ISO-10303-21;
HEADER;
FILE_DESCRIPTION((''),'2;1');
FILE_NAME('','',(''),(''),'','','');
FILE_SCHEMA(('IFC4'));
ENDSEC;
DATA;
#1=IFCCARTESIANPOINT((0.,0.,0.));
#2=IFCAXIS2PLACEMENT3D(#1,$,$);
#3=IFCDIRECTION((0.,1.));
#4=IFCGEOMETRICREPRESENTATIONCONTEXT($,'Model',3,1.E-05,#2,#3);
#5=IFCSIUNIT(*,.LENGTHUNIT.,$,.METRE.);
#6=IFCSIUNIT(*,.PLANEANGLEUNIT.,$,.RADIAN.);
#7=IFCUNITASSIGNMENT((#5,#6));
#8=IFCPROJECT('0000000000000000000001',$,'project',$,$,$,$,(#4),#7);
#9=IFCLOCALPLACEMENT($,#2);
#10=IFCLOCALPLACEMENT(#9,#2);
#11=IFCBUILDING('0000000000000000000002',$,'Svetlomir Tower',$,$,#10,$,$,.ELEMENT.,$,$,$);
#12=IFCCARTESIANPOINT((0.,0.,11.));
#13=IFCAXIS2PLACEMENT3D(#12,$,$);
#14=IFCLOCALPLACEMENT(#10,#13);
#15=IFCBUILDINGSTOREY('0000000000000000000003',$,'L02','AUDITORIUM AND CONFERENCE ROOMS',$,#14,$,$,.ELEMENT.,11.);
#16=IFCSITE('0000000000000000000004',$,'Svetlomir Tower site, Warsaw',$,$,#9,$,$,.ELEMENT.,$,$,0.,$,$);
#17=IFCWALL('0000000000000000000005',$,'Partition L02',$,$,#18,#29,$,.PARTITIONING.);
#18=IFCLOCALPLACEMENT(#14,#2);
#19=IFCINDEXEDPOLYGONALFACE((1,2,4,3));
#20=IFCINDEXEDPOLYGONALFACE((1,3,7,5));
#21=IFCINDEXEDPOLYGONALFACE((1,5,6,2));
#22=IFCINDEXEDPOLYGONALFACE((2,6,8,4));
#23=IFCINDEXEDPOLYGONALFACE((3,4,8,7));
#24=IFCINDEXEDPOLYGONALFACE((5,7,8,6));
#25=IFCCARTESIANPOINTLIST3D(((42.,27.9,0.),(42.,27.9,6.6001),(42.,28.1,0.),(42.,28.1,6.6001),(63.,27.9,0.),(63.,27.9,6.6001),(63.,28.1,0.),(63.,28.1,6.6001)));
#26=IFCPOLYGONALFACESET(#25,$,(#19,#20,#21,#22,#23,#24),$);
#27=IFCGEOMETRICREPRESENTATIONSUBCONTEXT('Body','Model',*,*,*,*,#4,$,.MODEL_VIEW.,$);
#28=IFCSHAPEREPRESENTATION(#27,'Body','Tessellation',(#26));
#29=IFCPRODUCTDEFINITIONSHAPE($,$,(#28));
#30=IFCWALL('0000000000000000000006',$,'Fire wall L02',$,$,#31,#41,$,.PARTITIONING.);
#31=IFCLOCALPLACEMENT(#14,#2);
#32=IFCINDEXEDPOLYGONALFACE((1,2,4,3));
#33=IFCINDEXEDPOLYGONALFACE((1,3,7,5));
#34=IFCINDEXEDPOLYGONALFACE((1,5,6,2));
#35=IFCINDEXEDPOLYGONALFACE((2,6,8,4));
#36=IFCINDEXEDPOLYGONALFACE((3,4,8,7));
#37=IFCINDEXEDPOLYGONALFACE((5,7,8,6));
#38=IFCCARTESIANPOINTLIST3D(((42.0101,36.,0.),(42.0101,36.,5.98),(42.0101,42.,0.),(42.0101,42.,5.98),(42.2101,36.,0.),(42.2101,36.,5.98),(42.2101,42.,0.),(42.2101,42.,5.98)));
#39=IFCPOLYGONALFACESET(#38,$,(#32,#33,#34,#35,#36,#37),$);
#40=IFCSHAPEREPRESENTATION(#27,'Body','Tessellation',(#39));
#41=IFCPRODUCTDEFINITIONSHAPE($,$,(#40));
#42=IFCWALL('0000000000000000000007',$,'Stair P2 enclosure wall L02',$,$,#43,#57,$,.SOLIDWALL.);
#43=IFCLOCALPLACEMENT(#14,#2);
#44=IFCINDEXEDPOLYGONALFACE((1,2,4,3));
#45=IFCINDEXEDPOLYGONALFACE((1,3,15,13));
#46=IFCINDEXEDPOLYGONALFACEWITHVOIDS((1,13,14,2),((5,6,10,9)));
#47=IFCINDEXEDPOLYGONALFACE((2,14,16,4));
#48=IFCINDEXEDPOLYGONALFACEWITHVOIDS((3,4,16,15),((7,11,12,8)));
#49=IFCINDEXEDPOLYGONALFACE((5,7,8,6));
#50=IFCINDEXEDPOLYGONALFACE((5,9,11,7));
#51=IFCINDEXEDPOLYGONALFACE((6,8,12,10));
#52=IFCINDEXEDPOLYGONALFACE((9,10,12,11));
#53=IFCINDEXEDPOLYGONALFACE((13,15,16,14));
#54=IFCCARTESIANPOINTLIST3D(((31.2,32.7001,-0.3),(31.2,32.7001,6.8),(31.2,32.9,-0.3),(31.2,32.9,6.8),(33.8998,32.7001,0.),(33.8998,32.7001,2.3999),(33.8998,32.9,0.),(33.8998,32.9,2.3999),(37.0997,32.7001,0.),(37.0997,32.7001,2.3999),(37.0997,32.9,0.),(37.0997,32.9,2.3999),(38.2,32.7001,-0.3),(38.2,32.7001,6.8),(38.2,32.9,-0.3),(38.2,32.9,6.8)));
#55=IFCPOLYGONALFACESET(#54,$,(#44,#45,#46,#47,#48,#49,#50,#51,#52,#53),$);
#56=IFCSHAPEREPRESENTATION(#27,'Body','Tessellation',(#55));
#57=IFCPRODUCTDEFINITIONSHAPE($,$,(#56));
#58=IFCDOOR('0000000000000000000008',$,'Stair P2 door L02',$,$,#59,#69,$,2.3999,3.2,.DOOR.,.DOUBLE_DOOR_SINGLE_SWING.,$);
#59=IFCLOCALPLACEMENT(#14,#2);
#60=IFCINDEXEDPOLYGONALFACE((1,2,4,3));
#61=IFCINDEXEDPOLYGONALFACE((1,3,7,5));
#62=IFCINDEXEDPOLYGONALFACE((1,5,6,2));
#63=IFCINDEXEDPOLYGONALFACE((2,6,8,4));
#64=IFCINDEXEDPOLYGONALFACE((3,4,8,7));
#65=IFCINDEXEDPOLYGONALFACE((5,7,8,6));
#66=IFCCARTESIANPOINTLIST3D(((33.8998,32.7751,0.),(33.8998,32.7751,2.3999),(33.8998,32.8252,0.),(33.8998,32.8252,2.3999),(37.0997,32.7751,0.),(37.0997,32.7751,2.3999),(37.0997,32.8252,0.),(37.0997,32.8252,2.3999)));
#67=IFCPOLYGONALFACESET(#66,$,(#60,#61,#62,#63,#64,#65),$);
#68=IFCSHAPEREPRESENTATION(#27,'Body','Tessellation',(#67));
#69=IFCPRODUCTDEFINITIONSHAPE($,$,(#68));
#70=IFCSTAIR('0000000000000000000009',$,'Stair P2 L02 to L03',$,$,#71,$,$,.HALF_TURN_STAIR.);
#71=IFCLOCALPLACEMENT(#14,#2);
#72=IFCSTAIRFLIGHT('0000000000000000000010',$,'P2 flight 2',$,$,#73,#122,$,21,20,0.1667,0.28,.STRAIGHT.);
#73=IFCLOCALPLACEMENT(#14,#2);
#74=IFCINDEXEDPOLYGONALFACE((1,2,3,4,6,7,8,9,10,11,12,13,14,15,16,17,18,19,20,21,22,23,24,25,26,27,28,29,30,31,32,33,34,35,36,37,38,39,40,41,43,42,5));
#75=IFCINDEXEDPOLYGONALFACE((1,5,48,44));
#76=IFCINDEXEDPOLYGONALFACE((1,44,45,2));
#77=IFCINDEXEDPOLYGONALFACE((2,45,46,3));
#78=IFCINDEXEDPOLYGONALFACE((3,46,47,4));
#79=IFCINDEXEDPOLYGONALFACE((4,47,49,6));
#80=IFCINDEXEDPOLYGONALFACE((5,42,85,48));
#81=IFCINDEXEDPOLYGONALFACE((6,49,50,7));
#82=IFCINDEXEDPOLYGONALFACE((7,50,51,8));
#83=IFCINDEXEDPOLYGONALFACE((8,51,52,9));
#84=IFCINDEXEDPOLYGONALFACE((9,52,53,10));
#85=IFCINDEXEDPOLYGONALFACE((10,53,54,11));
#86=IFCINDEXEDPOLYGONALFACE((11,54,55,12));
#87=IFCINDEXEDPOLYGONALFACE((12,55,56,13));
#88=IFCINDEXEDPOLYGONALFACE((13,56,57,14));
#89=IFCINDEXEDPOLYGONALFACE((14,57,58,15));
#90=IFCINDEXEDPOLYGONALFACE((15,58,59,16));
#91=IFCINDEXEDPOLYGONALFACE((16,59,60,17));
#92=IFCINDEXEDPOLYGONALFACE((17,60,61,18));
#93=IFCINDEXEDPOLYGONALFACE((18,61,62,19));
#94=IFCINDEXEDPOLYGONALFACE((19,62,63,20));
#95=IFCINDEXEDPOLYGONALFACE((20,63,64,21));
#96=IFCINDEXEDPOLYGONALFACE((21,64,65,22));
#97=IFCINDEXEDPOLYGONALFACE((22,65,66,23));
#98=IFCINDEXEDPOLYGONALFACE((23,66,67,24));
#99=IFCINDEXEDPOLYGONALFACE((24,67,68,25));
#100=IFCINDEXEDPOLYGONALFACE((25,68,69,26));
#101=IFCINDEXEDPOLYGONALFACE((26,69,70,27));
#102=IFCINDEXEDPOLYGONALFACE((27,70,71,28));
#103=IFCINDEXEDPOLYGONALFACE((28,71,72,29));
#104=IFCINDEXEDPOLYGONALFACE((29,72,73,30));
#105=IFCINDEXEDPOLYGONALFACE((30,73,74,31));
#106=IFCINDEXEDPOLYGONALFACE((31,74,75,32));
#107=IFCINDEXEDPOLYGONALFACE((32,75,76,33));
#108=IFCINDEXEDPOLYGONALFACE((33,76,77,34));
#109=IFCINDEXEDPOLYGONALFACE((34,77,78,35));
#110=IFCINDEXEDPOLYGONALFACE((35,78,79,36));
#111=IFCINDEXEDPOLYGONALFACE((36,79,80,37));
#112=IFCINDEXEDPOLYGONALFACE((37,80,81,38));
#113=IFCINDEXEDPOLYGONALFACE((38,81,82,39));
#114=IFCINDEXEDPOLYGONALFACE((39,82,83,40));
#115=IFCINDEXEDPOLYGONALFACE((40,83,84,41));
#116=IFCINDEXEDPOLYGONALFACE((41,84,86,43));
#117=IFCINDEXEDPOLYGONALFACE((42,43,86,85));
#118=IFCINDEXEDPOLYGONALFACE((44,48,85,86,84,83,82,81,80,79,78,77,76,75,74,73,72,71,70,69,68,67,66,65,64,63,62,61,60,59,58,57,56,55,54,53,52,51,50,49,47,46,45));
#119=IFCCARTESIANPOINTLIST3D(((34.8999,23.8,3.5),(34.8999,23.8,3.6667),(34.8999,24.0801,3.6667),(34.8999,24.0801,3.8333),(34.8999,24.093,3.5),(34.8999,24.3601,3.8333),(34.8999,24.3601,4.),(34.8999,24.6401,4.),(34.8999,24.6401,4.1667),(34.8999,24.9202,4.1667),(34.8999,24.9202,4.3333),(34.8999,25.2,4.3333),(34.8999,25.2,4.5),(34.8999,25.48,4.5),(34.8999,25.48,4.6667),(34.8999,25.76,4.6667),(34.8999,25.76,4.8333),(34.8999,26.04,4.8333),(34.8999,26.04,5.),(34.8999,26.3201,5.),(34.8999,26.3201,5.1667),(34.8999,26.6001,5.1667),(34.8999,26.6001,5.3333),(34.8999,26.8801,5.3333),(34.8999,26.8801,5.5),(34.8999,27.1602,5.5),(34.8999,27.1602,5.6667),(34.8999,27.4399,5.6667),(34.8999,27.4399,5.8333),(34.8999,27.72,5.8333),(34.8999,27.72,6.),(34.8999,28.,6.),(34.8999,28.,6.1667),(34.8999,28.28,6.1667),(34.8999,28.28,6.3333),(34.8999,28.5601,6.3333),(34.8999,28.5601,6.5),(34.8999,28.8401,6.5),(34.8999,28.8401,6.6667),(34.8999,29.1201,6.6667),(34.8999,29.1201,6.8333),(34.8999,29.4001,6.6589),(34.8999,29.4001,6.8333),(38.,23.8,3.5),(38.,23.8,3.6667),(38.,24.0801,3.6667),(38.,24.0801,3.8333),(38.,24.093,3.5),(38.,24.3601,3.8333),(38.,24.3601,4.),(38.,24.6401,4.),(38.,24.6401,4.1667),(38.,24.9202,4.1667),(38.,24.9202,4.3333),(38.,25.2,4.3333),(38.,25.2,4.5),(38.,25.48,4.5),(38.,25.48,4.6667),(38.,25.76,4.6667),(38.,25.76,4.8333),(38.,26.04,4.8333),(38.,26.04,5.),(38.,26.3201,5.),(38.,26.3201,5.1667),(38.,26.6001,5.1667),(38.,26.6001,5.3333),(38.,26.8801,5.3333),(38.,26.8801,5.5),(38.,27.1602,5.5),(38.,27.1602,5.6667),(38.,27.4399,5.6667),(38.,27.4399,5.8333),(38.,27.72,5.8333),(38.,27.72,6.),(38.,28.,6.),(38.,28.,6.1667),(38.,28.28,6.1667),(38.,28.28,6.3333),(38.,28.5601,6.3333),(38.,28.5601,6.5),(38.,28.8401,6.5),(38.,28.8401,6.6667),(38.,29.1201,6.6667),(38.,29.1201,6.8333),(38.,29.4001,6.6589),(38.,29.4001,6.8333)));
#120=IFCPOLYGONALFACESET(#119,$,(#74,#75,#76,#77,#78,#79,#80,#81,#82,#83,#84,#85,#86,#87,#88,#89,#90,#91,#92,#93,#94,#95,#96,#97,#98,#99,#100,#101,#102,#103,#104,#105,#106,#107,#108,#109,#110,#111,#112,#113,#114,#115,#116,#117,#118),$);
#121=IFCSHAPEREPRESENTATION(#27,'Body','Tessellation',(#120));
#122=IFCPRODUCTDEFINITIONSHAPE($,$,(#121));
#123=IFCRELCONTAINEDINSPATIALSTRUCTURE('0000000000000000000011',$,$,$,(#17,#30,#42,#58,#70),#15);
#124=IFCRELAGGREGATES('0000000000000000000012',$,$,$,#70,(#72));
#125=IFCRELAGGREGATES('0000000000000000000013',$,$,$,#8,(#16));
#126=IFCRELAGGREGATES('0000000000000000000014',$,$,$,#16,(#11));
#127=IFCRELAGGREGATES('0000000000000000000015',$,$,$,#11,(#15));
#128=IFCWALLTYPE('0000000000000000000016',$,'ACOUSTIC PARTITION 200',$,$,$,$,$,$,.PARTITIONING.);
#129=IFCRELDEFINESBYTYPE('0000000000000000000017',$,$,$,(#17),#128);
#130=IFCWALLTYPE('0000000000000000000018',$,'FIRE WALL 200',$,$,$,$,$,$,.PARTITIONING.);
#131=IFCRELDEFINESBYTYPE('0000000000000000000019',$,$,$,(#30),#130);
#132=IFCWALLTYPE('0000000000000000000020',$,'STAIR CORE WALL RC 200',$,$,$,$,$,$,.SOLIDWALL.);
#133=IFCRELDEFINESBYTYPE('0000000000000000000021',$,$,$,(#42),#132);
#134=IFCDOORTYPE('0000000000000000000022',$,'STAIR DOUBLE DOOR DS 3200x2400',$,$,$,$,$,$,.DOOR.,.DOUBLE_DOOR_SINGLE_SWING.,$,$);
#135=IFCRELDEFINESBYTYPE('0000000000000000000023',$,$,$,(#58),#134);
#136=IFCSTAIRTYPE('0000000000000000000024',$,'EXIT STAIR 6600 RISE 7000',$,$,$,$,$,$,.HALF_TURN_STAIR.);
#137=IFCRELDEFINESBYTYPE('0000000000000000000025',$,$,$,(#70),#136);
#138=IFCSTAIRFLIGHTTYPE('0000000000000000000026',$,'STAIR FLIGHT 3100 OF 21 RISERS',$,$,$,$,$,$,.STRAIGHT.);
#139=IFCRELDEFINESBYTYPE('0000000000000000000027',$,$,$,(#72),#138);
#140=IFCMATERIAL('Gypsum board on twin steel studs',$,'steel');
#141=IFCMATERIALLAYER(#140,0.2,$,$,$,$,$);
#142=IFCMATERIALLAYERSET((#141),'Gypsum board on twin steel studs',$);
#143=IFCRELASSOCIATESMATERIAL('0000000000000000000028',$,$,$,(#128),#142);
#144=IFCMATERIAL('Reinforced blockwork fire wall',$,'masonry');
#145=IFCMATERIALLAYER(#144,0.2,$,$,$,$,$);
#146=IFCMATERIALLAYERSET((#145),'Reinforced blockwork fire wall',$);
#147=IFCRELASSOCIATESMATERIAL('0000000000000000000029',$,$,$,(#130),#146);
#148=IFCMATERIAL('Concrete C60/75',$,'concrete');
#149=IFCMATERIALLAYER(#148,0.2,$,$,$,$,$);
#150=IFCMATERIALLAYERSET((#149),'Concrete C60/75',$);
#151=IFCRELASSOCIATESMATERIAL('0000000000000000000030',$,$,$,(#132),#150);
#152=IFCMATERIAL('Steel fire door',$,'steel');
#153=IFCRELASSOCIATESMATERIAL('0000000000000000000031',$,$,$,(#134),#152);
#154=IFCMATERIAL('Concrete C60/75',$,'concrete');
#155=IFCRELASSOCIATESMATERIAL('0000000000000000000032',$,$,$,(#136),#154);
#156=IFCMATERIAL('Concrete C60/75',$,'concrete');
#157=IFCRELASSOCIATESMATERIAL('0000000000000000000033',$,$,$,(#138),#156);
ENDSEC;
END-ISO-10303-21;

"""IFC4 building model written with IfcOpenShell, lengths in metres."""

from ifc_helpers import new_model, si_unit, direction, frame, frame_2d, origin, place, context, subcontext, project, spatial, polyline, rectangle, outline, extrude, material, layer, layer_set, type_object, element, fill, aggregate, save


model = new_model("IFC4")

# Units and contexts
model_context = context("Model", 3, precision=1e-05, world=origin(), true_north=direction((0.0, 1.0)))
body_context = subcontext(model_context, "Body", "Model", "MODEL_VIEW")
ifc_project = project(units=[si_unit("LENGTHUNIT", "METRE"), si_unit("PLANEANGLEUNIT", "RADIAN")], contexts=[model_context])

# Site, building, storey
site_placement = place(None, origin())
site = spatial("IfcSite", under=ifc_project, at=site_placement, Name="Svetlomir Tower site, Warsaw", CompositionType="ELEMENT", RefElevation=0.0)
building_placement = place(site_placement, origin())
building = spatial("IfcBuilding", under=site, at=building_placement, Name="Svetlomir Tower", CompositionType="ELEMENT")
storey_placement = place(building_placement, frame((0.0, 0.0, 11.0)))
storey = spatial("IfcBuildingStorey", under=building, at=storey_placement, Name="L02", Description="AUDITORIUM AND CONFERENCE ROOMS", CompositionType="ELEMENT", Elevation=11.0)

# Walls
ifc_material_1 = material(Name="Gypsum board on twin steel studs", Category="steel")
ifc_layer_1 = layer(ifc_material_1, 0.2)
ifc_layer_set_1 = layer_set([ifc_layer_1], Name="Gypsum board on twin steel studs")
wall_type_1 = type_object("IfcWallType", Name="ACOUSTIC PARTITION 200", PredefinedType="PARTITIONING", material=ifc_layer_set_1)
wall_1_placement = place(storey_placement, frame((42.0, 28.0, 0.0), z_axis=(0.0, 0.0, 1.0), x_axis=(1.0, 0.0, 0.0)))
element("IfcWall", 1, at=wall_1_placement, inside=storey, type_object=wall_type_1, Name="Partition L02", PredefinedType="PARTITIONING", context=body_context, shape_type="SweptSolid", body=[
    extrude(rectangle(XDim=21.0, YDim=0.2, at=frame_2d((10.5, 0.0))), origin(), (0.0, 0.0, 1.0), 6.6001),
])
ifc_material_2 = material(Name="Reinforced blockwork fire wall", Category="masonry")
ifc_layer_2 = layer(ifc_material_2, 0.2)
ifc_layer_set_2 = layer_set([ifc_layer_2], Name="Reinforced blockwork fire wall")
wall_type_2 = type_object("IfcWallType", Name="FIRE WALL 200", PredefinedType="PARTITIONING", material=ifc_layer_set_2)
wall_2_placement = place(storey_placement, frame((42.1101, 36.0, 0.0), z_axis=(0.0, 0.0, 1.0), x_axis=(0.0, 1.0, 0.0)))
element("IfcWall", 2, at=wall_2_placement, inside=storey, type_object=wall_type_2, Name="Fire wall L02", PredefinedType="PARTITIONING", context=body_context, shape_type="SweptSolid", body=[
    extrude(rectangle(XDim=6.0, YDim=0.2, at=frame_2d((3.0, 0.0))), origin(), (0.0, 0.0, 1.0), 5.98),
])

# Wall, opening, door
ifc_material_3 = material(Name="Concrete C60/75", Category="concrete")
ifc_layer_3 = layer(ifc_material_3, 0.2)
ifc_layer_set_3 = layer_set([ifc_layer_3], Name="Concrete C60/75")
wall_type_3 = type_object("IfcWallType", Name="STAIR CORE WALL RC 200", PredefinedType="SOLIDWALL", material=ifc_layer_set_3)
wall_3_placement = place(storey_placement, frame((38.2, 32.8, -0.3), z_axis=(0.0, 0.0, 1.0), x_axis=(-1.0, 0.0, 0.0)))
wall_3 = element("IfcWall", 3, at=wall_3_placement, inside=storey, type_object=wall_type_3, Name="Stair P2 enclosure wall L02", PredefinedType="SOLIDWALL", context=body_context, shape_type="SweptSolid", body=[
    extrude(rectangle(XDim=7.0, YDim=0.2, at=frame_2d((3.5, 0.0))), origin(), (0.0, 0.0, 1.0), 7.1001),
])
opening_placement = place(wall_3_placement, frame((1.1001, 0.0, 0.3)))
opening = element("IfcOpeningElement", 4, at=opening_placement, cuts=wall_3, PredefinedType="OPENING", context=body_context, shape_type="SweptSolid", body=[
    extrude(rectangle(XDim=3.2, YDim=2.3999, at=frame_2d((1.6001, 1.2))), frame((0.0, 0.1099, 0.0), z_axis=(0.0, -1.0, 0.0), x_axis=(1.0, 0.0, 0.0)), (0.0, 0.0, 1.0), 0.22),
])
ifc_material_4 = material(Name="Steel fire door", Category="steel")
door_type = type_object("IfcDoorType", Name="STAIR DOUBLE DOOR DS 3200x2400", OperationType="DOUBLE_DOOR_SINGLE_SWING", PredefinedType="DOOR", material=ifc_material_4)
door_placement = place(opening_placement, origin())
door = element("IfcDoor", 5, at=door_placement, inside=storey, type_object=door_type, Name="Stair P2 door L02", OperationType="DOUBLE_DOOR_SINGLE_SWING", OverallHeight=2.3999, OverallWidth=3.2, PredefinedType="DOOR", context=body_context, shape_type="SweptSolid", body=[
    extrude(rectangle(XDim=3.2, YDim=2.3999, at=frame_2d((1.6001, 1.2))), frame((0.0, 0.0249, 0.0), z_axis=(0.0, -1.0, 0.0), x_axis=(1.0, 0.0, 0.0)), (0.0, 0.0, 1.0), 0.05),
])
fill(opening, door)

# Stair, stair flight
ifc_material_5 = material(Name="Concrete C60/75", Category="concrete")
stair_type = type_object("IfcStairType", Name="EXIT STAIR 6600 RISE 7000", PredefinedType="HALF_TURN_STAIR", material=ifc_material_5)
stair_placement = place(storey_placement, origin())
stair = element("IfcStair", 6, at=stair_placement, inside=storey, type_object=stair_type, Name="Stair P2 L02 to L03", PredefinedType="HALF_TURN_STAIR")
ifc_material_6 = material(Name="Concrete C60/75", Category="concrete")
stair_flight_type = type_object("IfcStairFlightType", Name="STAIR FLIGHT 3100 OF 21 RISERS", PredefinedType="STRAIGHT", material=ifc_material_6)
stair_flight_placement = place(storey_placement, frame((36.45, 23.8, 3.5), z_axis=(0.0, 0.0, 1.0), x_axis=(0.0, 1.0, 0.0)))
stair_flight = element("IfcStairFlight", 7, at=stair_flight_placement, type_object=stair_flight_type, Name="P2 flight 2", NumberOfRisers=21, NumberOfTreads=20, PredefinedType="STRAIGHT", RiserHeight=0.1667, TreadLength=0.28, context=body_context, shape_type="SweptSolid", body=[
    extrude(outline(polyline([(0.0, 0.0), (0.0, 0.1667), (0.28, 0.1667), (0.28, 0.3333), (0.5601, 0.3333), (0.5601, 0.5), (0.8401, 0.5), (0.8401, 0.6667), (1.1201, 0.6667), (1.1201, 0.8333), (1.3999, 0.8333), (1.3999, 1.0), (1.6799, 1.0), (1.6799, 1.1667), (1.96, 1.1667), (1.96, 1.3333), (2.24, 1.3333), (2.24, 1.5), (2.52, 1.5), (2.52, 1.6667), (2.8, 1.6667), (2.8, 1.8333), (3.0801, 1.8333), (3.0801, 2.0), (3.3601, 2.0), (3.3601, 2.1667), (3.6399, 2.1667), (3.6399, 2.3333), (3.9199, 2.3333), (3.9199, 2.5), (4.2, 2.5), (4.2, 2.6667), (4.48, 2.6667), (4.48, 2.8333), (4.76, 2.8333), (4.76, 3.0), (5.04, 3.0), (5.04, 3.1667), (5.3201, 3.1667), (5.3201, 3.3333), (5.6001, 3.3333), (5.6001, 3.5), (5.6001, 3.1589), (0.293, 0.0), (0.0, 0.0)])), frame((0.0, 1.55, 0.0), z_axis=(0.0, -1.0, 0.0), x_axis=(1.0, 0.0, 0.0)), (0.0, 0.0, 1.0), 3.1001),
])
aggregate(stair, [stair_flight])

save(model, "model.ifc")
